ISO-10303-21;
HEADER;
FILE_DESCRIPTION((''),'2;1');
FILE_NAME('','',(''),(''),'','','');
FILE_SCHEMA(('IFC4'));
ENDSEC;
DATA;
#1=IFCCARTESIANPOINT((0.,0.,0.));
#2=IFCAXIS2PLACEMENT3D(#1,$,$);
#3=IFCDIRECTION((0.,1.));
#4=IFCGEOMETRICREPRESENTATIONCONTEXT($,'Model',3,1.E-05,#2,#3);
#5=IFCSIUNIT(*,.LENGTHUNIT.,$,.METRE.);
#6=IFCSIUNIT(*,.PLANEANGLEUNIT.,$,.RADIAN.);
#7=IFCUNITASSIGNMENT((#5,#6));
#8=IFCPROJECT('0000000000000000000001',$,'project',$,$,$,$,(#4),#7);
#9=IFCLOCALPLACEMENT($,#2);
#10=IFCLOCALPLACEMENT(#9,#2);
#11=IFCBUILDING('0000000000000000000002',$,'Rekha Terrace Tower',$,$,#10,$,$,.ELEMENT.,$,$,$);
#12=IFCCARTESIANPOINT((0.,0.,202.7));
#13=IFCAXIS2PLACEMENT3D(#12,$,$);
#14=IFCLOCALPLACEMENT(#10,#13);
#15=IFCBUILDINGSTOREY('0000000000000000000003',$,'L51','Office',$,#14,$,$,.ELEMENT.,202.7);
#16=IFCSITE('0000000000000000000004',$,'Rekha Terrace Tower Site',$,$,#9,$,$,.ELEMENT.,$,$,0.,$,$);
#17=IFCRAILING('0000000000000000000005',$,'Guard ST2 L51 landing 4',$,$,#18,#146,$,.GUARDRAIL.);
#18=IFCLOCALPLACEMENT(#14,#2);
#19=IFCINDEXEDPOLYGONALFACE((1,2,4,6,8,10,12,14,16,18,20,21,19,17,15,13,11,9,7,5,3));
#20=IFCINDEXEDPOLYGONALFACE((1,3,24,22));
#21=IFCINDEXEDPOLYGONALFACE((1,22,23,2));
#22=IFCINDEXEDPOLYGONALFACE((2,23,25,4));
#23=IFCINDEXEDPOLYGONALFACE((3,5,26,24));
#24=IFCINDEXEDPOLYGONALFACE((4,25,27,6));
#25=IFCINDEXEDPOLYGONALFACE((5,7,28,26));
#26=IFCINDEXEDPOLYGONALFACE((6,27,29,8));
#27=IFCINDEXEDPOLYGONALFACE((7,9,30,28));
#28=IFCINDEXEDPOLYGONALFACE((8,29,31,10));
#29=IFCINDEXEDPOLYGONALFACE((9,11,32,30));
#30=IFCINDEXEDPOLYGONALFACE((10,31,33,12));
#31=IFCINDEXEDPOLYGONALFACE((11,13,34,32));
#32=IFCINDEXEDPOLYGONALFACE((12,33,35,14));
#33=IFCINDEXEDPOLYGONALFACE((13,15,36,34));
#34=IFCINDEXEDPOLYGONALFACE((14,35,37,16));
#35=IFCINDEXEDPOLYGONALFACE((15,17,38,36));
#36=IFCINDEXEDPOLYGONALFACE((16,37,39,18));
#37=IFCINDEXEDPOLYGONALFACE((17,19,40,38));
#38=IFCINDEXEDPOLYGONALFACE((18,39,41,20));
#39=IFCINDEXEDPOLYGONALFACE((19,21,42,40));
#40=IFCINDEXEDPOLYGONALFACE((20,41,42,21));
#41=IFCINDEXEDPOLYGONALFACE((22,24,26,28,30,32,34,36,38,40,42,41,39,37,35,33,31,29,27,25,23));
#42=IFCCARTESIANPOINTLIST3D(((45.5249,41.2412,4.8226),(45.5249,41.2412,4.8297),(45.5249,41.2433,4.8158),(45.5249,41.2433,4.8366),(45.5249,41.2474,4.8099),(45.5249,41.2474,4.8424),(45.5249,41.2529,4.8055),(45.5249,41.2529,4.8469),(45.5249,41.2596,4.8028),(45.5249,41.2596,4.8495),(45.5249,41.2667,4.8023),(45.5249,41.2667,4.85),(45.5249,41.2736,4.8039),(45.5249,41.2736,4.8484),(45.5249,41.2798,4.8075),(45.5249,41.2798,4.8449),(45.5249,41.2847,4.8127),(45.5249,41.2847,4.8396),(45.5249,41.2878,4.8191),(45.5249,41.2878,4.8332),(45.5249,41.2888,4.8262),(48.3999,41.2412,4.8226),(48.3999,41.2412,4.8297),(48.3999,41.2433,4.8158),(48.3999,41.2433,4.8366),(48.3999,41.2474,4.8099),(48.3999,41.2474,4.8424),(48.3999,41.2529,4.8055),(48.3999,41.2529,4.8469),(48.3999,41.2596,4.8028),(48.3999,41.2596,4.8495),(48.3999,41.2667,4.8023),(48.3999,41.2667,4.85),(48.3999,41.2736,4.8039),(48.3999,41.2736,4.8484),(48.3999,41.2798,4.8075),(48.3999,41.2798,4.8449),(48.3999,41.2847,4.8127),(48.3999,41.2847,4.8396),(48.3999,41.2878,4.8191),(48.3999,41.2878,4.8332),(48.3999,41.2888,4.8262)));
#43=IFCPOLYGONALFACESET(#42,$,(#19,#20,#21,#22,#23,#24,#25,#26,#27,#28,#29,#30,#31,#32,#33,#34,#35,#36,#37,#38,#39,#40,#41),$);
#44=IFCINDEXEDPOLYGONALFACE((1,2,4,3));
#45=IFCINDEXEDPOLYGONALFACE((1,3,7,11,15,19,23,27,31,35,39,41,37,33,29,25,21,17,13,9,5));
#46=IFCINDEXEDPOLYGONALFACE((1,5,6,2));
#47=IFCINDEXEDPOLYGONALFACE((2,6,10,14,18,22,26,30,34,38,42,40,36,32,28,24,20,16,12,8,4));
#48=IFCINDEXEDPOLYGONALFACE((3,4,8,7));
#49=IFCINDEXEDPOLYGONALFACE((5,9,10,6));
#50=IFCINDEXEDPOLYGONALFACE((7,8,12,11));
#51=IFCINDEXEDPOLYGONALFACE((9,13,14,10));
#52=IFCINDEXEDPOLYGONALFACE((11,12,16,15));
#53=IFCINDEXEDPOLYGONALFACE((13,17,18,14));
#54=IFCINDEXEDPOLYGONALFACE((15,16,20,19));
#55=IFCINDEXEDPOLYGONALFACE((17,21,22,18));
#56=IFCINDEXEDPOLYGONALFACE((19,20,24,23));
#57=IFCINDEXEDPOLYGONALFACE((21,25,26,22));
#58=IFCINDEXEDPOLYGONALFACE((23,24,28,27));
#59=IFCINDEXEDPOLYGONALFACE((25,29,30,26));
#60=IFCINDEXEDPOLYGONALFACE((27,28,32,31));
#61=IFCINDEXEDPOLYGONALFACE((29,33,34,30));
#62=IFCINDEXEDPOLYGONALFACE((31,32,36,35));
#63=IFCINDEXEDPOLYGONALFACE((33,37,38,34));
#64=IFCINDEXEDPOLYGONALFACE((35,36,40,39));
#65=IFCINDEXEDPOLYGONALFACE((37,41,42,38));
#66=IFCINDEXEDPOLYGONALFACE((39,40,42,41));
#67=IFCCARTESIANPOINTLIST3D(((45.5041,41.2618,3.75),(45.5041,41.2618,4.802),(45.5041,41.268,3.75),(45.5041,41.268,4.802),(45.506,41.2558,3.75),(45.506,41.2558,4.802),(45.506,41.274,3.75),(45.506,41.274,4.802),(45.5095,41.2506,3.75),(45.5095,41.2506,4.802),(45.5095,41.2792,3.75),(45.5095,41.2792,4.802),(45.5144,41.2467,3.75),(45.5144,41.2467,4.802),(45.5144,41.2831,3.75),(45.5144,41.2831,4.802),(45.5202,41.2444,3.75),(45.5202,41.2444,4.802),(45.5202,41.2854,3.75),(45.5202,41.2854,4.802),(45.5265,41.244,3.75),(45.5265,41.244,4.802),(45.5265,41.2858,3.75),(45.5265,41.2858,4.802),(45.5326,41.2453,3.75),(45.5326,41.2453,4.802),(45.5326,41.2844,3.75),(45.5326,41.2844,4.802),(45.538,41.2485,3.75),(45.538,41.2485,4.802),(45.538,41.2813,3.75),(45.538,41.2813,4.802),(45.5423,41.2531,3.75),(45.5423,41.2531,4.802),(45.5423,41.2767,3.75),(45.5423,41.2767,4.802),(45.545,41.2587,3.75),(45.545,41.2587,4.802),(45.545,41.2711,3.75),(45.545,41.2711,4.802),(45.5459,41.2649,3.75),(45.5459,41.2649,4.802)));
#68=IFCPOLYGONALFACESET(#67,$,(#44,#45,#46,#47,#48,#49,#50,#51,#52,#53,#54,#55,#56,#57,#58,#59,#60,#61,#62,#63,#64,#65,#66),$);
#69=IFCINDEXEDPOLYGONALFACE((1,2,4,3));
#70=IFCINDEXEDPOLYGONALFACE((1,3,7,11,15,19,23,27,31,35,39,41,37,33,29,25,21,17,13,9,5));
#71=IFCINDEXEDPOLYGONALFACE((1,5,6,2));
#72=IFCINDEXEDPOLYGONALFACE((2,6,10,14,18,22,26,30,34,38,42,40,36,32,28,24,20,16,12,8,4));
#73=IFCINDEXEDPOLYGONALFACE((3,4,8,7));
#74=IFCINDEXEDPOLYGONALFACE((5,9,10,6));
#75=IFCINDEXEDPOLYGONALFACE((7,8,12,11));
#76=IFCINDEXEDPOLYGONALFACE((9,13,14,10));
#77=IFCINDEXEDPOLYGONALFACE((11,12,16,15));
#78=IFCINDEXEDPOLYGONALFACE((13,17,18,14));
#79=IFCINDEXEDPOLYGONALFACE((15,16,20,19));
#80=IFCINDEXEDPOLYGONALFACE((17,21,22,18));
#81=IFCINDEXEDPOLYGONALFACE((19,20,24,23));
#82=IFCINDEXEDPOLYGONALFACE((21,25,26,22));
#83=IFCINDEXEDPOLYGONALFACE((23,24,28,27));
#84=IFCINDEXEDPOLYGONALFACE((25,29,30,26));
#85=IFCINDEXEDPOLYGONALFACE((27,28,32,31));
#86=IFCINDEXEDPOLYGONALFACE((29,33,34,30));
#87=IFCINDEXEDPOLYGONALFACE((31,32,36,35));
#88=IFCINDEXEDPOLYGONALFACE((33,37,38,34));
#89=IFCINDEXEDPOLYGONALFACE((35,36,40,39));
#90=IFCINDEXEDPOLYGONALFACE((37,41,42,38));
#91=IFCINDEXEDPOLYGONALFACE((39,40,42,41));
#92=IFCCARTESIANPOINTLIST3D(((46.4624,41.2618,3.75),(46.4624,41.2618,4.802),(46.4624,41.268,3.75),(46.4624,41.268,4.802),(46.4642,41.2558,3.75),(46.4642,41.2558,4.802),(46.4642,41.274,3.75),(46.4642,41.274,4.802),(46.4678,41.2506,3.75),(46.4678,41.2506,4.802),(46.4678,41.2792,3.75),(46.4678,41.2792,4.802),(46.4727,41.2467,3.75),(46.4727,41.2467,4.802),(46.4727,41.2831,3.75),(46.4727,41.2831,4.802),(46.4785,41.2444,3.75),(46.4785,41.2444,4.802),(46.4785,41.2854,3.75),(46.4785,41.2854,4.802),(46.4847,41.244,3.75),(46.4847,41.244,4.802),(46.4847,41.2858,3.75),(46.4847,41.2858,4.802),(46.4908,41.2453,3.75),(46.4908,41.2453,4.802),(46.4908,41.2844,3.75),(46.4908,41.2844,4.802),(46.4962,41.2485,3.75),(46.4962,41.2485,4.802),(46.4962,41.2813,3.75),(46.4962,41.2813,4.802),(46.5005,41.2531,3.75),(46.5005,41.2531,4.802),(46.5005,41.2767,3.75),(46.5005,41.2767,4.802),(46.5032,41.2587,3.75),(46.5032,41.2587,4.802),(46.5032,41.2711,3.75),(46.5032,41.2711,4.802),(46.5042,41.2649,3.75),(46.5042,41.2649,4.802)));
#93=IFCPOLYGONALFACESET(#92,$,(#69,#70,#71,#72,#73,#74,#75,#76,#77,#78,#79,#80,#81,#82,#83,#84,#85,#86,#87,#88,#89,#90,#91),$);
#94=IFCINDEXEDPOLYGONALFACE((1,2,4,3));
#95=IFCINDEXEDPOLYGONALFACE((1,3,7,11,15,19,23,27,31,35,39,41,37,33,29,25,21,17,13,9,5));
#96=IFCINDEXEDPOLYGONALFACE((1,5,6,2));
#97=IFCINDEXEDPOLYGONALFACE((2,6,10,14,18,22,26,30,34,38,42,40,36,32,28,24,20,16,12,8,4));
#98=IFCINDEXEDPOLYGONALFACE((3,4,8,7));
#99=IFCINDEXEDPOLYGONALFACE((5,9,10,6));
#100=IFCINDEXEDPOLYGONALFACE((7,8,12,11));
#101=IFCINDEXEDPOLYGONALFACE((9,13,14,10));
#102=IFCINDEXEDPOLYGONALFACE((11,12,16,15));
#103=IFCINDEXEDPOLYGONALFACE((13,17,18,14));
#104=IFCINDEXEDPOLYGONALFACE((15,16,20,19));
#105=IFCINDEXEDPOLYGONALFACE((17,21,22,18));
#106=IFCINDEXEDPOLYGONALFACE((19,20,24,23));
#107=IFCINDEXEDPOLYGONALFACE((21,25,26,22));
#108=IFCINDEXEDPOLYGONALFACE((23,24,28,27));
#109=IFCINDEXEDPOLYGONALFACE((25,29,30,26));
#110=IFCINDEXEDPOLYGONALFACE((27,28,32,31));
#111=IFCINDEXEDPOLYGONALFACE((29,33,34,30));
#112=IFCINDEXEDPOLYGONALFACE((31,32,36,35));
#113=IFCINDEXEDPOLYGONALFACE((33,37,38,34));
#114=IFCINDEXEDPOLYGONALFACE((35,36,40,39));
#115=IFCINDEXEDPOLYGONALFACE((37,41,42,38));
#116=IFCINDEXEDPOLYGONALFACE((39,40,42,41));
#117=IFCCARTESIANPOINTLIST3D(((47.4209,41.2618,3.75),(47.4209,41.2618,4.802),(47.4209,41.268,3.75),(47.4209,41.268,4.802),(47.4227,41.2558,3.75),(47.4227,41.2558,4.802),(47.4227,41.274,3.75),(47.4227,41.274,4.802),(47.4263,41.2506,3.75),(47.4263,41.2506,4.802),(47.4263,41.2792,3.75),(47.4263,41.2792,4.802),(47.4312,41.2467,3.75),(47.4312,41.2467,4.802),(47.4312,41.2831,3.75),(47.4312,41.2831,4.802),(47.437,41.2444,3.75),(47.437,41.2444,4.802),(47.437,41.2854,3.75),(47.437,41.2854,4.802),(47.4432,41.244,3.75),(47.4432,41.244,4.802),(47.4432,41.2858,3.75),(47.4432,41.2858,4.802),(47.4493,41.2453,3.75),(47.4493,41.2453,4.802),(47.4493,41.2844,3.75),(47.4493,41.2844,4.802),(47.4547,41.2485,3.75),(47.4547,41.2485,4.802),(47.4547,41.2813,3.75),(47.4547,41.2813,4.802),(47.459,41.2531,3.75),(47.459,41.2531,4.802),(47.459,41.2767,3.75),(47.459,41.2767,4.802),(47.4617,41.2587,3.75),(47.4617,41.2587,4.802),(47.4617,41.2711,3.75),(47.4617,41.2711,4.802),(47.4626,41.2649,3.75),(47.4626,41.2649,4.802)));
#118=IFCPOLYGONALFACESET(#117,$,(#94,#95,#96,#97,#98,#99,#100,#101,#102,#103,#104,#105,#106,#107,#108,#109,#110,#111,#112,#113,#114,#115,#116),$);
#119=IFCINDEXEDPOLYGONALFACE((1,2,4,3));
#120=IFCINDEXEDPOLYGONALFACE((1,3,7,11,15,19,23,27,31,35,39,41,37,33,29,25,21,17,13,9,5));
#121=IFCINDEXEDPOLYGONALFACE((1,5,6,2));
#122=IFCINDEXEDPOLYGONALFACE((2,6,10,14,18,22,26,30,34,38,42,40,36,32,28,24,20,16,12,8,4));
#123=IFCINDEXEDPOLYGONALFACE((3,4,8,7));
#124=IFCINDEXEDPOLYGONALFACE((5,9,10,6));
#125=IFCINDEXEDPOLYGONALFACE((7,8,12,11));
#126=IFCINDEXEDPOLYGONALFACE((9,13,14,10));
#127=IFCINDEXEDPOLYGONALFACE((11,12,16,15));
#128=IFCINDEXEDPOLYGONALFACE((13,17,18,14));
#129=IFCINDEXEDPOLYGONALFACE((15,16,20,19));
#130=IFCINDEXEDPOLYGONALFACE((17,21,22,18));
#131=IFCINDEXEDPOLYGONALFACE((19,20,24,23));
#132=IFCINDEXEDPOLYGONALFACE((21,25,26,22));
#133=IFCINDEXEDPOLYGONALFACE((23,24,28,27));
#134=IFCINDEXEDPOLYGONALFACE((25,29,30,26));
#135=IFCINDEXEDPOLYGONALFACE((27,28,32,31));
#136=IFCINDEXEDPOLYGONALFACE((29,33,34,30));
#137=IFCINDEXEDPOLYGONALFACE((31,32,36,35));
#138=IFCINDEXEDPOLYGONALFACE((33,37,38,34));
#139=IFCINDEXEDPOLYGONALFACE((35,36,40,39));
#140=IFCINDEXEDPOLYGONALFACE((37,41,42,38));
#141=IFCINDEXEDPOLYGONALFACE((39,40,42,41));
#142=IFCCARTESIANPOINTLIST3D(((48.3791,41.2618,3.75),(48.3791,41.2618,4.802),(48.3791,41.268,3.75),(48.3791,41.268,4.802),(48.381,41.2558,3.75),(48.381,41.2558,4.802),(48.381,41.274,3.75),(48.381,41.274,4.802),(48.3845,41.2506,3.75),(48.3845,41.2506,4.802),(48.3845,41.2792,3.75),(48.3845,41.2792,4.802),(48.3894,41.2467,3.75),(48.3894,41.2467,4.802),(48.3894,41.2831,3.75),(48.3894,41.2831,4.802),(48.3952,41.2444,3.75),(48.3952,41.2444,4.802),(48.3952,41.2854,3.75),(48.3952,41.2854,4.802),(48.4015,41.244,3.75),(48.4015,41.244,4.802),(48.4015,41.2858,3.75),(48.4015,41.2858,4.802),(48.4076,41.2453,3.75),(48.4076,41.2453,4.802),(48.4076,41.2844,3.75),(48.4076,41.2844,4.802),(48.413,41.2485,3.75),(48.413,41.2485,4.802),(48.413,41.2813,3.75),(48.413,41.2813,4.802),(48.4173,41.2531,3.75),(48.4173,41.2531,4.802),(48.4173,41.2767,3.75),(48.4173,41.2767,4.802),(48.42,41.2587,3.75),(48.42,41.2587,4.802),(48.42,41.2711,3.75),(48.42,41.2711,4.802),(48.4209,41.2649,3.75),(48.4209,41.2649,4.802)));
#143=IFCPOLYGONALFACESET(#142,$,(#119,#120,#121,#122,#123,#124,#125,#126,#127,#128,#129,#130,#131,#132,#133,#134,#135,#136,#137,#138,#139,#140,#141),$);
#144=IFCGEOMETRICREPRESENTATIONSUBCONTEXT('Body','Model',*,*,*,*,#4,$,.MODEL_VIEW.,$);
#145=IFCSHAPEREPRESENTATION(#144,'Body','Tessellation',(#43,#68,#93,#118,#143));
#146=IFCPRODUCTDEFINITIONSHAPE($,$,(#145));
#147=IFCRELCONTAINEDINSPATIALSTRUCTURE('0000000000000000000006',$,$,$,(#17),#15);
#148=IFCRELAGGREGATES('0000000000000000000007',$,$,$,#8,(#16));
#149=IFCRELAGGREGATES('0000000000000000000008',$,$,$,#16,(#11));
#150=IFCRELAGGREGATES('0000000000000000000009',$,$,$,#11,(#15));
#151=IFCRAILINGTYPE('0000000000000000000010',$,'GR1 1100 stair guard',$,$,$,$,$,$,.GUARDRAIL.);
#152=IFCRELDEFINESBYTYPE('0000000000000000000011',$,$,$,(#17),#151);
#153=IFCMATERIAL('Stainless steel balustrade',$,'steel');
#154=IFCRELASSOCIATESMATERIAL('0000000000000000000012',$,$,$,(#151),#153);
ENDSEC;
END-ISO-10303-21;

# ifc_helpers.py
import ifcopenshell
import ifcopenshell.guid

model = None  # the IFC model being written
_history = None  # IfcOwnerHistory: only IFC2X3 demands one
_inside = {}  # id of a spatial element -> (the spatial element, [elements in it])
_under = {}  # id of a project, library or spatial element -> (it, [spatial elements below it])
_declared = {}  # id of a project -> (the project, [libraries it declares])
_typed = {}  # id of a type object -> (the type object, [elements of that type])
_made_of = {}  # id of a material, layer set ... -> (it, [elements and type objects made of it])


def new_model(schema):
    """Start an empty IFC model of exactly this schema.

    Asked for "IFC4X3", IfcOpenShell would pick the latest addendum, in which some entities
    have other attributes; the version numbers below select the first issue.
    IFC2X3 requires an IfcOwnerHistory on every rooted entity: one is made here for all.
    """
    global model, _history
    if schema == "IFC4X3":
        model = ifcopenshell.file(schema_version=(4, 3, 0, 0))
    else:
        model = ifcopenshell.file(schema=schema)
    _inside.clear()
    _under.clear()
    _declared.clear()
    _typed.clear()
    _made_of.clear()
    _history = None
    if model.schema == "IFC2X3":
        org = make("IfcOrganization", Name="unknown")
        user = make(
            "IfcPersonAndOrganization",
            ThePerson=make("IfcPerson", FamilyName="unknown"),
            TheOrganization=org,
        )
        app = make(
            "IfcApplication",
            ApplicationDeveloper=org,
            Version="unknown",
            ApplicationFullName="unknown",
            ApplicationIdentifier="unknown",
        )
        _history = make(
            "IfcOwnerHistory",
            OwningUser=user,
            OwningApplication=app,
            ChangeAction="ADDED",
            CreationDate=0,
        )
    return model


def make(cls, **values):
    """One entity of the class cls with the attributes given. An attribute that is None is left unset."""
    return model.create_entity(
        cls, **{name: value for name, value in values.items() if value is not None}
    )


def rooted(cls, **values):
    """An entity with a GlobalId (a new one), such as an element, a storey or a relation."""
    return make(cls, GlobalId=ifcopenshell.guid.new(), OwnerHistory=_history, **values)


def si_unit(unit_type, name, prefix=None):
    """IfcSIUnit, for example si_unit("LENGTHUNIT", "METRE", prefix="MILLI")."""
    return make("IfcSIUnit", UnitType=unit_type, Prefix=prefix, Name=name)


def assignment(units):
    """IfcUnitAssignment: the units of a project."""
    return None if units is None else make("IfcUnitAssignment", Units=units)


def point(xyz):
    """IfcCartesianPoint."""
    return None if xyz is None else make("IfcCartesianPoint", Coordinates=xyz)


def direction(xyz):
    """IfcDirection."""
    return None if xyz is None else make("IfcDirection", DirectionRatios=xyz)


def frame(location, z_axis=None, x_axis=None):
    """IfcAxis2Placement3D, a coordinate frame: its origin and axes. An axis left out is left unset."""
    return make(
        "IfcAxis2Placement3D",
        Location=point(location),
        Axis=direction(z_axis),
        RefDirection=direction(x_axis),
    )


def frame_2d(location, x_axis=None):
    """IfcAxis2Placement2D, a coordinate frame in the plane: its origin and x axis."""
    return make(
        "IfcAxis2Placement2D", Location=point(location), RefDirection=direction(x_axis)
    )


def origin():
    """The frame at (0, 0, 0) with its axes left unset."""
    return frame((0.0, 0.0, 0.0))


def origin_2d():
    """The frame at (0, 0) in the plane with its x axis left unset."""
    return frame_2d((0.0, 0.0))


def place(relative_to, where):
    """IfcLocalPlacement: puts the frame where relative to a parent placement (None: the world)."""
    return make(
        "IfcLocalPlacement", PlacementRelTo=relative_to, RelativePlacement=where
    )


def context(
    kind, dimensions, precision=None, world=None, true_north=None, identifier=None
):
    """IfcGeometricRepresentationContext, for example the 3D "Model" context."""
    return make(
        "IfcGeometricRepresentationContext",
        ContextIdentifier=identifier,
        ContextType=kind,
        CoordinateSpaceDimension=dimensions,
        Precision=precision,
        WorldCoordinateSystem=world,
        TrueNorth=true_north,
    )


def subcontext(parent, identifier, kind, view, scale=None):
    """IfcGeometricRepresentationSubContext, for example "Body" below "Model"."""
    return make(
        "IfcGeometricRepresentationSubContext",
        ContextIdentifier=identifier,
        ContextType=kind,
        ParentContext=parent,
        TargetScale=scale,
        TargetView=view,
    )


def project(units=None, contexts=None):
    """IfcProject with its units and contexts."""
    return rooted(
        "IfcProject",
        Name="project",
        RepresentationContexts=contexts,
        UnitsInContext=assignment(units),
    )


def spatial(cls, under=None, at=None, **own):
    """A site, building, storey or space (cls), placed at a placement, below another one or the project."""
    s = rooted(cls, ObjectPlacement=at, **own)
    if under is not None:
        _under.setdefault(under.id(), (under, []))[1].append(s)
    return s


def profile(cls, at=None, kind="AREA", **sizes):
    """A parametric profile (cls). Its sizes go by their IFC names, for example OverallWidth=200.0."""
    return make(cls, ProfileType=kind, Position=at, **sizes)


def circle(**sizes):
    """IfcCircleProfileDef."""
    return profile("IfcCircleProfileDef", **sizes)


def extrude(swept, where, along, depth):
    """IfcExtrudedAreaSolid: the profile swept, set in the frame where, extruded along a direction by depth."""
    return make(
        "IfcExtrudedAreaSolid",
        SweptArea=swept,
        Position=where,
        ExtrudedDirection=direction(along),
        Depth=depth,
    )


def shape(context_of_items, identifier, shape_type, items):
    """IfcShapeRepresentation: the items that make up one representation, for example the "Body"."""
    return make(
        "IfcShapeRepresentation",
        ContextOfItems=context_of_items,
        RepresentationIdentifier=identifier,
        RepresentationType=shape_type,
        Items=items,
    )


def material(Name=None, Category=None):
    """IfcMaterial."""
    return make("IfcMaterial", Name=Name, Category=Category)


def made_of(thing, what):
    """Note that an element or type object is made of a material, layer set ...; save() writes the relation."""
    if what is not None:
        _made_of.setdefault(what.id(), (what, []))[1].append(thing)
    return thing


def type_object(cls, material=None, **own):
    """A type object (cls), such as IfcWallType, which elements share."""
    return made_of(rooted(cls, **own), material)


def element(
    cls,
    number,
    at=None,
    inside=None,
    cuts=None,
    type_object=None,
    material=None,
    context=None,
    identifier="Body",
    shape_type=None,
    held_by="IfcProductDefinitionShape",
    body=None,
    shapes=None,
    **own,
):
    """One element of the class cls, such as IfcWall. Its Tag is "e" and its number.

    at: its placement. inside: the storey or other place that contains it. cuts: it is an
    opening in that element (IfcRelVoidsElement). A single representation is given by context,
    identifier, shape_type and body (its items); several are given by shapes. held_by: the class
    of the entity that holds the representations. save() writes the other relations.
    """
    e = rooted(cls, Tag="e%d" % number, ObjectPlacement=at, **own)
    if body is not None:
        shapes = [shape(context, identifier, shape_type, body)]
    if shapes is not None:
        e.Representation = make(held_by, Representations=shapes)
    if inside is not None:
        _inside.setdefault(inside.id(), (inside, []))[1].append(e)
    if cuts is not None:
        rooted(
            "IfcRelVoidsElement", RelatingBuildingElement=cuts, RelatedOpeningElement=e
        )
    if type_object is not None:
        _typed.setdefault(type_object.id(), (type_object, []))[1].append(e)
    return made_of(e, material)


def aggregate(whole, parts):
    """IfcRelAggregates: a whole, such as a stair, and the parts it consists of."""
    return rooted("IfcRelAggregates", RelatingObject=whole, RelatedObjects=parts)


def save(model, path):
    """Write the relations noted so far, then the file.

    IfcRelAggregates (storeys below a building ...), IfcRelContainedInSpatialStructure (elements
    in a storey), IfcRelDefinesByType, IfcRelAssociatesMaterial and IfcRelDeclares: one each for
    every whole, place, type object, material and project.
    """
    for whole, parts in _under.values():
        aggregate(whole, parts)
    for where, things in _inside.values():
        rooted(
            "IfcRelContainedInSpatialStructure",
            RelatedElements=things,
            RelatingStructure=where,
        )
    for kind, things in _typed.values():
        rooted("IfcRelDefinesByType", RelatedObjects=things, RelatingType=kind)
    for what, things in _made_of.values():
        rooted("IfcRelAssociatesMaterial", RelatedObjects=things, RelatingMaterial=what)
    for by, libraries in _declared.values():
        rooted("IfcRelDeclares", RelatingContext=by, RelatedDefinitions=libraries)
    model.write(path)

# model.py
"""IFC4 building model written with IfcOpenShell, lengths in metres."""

from ifc_helpers import new_model, si_unit, direction, frame, origin, origin_2d, place, context, subcontext, project, spatial, circle, extrude, material, type_object, element, save


model = new_model("IFC4")

# Units and contexts
model_context = context("Model", 3, precision=1e-05, world=origin(), true_north=direction((0.0, 1.0)))
body_context = subcontext(model_context, "Body", "Model", "MODEL_VIEW")
ifc_project = project(units=[si_unit("LENGTHUNIT", "METRE"), si_unit("PLANEANGLEUNIT", "RADIAN")], contexts=[model_context])

# Site, building, storey
site_placement = place(None, origin())
site = spatial("IfcSite", under=ifc_project, at=site_placement, Name="Rekha Terrace Tower Site", CompositionType="ELEMENT", RefElevation=0.0)
building_placement = place(site_placement, origin())
building = spatial("IfcBuilding", under=site, at=building_placement, Name="Rekha Terrace Tower", CompositionType="ELEMENT")
storey_placement = place(building_placement, frame((0.0, 0.0, 202.7)))
storey = spatial("IfcBuildingStorey", under=building, at=storey_placement, Name="L51", Description="Office", CompositionType="ELEMENT", Elevation=202.7)

# Railing
ifc_material_1 = material(Name="Stainless steel balustrade", Category="steel")
railing_type_1 = type_object("IfcRailingType", Name="GR1 1100 stair guard", PredefinedType="GUARDRAIL", material=ifc_material_1)
railing_1_placement = place(storey_placement, frame((45.5249, 41.2649, 3.75)))
element("IfcRailing", 1, at=railing_1_placement, inside=storey, type_object=railing_type_1, Name="Guard ST2 L51 landing 4", PredefinedType="GUARDRAIL", context=body_context, shape_type="SweptSolid", body=[
    extrude(circle(Radius=0.0239, at=origin_2d()), frame((0.0, 0.0, 1.0762), z_axis=(1.0, 0.0, 0.0), x_axis=(0.0, 1.0, 0.0)), (0.0, 0.0, 1.0), 2.875),
    extrude(circle(Radius=0.021, at=origin_2d()), origin(), (0.0, 0.0, 1.0), 1.052),
    extrude(circle(Radius=0.021, at=origin_2d()), frame((0.9583, 0.0, 0.0)), (0.0, 0.0, 1.0), 1.052),
    extrude(circle(Radius=0.021, at=origin_2d()), frame((1.9167, 0.0, 0.0)), (0.0, 0.0, 1.0), 1.052),
    extrude(circle(Radius=0.021, at=origin_2d()), frame((2.875, 0.0, 0.0)), (0.0, 0.0, 1.0), 1.052),
])

save(model, "model.ifc")
